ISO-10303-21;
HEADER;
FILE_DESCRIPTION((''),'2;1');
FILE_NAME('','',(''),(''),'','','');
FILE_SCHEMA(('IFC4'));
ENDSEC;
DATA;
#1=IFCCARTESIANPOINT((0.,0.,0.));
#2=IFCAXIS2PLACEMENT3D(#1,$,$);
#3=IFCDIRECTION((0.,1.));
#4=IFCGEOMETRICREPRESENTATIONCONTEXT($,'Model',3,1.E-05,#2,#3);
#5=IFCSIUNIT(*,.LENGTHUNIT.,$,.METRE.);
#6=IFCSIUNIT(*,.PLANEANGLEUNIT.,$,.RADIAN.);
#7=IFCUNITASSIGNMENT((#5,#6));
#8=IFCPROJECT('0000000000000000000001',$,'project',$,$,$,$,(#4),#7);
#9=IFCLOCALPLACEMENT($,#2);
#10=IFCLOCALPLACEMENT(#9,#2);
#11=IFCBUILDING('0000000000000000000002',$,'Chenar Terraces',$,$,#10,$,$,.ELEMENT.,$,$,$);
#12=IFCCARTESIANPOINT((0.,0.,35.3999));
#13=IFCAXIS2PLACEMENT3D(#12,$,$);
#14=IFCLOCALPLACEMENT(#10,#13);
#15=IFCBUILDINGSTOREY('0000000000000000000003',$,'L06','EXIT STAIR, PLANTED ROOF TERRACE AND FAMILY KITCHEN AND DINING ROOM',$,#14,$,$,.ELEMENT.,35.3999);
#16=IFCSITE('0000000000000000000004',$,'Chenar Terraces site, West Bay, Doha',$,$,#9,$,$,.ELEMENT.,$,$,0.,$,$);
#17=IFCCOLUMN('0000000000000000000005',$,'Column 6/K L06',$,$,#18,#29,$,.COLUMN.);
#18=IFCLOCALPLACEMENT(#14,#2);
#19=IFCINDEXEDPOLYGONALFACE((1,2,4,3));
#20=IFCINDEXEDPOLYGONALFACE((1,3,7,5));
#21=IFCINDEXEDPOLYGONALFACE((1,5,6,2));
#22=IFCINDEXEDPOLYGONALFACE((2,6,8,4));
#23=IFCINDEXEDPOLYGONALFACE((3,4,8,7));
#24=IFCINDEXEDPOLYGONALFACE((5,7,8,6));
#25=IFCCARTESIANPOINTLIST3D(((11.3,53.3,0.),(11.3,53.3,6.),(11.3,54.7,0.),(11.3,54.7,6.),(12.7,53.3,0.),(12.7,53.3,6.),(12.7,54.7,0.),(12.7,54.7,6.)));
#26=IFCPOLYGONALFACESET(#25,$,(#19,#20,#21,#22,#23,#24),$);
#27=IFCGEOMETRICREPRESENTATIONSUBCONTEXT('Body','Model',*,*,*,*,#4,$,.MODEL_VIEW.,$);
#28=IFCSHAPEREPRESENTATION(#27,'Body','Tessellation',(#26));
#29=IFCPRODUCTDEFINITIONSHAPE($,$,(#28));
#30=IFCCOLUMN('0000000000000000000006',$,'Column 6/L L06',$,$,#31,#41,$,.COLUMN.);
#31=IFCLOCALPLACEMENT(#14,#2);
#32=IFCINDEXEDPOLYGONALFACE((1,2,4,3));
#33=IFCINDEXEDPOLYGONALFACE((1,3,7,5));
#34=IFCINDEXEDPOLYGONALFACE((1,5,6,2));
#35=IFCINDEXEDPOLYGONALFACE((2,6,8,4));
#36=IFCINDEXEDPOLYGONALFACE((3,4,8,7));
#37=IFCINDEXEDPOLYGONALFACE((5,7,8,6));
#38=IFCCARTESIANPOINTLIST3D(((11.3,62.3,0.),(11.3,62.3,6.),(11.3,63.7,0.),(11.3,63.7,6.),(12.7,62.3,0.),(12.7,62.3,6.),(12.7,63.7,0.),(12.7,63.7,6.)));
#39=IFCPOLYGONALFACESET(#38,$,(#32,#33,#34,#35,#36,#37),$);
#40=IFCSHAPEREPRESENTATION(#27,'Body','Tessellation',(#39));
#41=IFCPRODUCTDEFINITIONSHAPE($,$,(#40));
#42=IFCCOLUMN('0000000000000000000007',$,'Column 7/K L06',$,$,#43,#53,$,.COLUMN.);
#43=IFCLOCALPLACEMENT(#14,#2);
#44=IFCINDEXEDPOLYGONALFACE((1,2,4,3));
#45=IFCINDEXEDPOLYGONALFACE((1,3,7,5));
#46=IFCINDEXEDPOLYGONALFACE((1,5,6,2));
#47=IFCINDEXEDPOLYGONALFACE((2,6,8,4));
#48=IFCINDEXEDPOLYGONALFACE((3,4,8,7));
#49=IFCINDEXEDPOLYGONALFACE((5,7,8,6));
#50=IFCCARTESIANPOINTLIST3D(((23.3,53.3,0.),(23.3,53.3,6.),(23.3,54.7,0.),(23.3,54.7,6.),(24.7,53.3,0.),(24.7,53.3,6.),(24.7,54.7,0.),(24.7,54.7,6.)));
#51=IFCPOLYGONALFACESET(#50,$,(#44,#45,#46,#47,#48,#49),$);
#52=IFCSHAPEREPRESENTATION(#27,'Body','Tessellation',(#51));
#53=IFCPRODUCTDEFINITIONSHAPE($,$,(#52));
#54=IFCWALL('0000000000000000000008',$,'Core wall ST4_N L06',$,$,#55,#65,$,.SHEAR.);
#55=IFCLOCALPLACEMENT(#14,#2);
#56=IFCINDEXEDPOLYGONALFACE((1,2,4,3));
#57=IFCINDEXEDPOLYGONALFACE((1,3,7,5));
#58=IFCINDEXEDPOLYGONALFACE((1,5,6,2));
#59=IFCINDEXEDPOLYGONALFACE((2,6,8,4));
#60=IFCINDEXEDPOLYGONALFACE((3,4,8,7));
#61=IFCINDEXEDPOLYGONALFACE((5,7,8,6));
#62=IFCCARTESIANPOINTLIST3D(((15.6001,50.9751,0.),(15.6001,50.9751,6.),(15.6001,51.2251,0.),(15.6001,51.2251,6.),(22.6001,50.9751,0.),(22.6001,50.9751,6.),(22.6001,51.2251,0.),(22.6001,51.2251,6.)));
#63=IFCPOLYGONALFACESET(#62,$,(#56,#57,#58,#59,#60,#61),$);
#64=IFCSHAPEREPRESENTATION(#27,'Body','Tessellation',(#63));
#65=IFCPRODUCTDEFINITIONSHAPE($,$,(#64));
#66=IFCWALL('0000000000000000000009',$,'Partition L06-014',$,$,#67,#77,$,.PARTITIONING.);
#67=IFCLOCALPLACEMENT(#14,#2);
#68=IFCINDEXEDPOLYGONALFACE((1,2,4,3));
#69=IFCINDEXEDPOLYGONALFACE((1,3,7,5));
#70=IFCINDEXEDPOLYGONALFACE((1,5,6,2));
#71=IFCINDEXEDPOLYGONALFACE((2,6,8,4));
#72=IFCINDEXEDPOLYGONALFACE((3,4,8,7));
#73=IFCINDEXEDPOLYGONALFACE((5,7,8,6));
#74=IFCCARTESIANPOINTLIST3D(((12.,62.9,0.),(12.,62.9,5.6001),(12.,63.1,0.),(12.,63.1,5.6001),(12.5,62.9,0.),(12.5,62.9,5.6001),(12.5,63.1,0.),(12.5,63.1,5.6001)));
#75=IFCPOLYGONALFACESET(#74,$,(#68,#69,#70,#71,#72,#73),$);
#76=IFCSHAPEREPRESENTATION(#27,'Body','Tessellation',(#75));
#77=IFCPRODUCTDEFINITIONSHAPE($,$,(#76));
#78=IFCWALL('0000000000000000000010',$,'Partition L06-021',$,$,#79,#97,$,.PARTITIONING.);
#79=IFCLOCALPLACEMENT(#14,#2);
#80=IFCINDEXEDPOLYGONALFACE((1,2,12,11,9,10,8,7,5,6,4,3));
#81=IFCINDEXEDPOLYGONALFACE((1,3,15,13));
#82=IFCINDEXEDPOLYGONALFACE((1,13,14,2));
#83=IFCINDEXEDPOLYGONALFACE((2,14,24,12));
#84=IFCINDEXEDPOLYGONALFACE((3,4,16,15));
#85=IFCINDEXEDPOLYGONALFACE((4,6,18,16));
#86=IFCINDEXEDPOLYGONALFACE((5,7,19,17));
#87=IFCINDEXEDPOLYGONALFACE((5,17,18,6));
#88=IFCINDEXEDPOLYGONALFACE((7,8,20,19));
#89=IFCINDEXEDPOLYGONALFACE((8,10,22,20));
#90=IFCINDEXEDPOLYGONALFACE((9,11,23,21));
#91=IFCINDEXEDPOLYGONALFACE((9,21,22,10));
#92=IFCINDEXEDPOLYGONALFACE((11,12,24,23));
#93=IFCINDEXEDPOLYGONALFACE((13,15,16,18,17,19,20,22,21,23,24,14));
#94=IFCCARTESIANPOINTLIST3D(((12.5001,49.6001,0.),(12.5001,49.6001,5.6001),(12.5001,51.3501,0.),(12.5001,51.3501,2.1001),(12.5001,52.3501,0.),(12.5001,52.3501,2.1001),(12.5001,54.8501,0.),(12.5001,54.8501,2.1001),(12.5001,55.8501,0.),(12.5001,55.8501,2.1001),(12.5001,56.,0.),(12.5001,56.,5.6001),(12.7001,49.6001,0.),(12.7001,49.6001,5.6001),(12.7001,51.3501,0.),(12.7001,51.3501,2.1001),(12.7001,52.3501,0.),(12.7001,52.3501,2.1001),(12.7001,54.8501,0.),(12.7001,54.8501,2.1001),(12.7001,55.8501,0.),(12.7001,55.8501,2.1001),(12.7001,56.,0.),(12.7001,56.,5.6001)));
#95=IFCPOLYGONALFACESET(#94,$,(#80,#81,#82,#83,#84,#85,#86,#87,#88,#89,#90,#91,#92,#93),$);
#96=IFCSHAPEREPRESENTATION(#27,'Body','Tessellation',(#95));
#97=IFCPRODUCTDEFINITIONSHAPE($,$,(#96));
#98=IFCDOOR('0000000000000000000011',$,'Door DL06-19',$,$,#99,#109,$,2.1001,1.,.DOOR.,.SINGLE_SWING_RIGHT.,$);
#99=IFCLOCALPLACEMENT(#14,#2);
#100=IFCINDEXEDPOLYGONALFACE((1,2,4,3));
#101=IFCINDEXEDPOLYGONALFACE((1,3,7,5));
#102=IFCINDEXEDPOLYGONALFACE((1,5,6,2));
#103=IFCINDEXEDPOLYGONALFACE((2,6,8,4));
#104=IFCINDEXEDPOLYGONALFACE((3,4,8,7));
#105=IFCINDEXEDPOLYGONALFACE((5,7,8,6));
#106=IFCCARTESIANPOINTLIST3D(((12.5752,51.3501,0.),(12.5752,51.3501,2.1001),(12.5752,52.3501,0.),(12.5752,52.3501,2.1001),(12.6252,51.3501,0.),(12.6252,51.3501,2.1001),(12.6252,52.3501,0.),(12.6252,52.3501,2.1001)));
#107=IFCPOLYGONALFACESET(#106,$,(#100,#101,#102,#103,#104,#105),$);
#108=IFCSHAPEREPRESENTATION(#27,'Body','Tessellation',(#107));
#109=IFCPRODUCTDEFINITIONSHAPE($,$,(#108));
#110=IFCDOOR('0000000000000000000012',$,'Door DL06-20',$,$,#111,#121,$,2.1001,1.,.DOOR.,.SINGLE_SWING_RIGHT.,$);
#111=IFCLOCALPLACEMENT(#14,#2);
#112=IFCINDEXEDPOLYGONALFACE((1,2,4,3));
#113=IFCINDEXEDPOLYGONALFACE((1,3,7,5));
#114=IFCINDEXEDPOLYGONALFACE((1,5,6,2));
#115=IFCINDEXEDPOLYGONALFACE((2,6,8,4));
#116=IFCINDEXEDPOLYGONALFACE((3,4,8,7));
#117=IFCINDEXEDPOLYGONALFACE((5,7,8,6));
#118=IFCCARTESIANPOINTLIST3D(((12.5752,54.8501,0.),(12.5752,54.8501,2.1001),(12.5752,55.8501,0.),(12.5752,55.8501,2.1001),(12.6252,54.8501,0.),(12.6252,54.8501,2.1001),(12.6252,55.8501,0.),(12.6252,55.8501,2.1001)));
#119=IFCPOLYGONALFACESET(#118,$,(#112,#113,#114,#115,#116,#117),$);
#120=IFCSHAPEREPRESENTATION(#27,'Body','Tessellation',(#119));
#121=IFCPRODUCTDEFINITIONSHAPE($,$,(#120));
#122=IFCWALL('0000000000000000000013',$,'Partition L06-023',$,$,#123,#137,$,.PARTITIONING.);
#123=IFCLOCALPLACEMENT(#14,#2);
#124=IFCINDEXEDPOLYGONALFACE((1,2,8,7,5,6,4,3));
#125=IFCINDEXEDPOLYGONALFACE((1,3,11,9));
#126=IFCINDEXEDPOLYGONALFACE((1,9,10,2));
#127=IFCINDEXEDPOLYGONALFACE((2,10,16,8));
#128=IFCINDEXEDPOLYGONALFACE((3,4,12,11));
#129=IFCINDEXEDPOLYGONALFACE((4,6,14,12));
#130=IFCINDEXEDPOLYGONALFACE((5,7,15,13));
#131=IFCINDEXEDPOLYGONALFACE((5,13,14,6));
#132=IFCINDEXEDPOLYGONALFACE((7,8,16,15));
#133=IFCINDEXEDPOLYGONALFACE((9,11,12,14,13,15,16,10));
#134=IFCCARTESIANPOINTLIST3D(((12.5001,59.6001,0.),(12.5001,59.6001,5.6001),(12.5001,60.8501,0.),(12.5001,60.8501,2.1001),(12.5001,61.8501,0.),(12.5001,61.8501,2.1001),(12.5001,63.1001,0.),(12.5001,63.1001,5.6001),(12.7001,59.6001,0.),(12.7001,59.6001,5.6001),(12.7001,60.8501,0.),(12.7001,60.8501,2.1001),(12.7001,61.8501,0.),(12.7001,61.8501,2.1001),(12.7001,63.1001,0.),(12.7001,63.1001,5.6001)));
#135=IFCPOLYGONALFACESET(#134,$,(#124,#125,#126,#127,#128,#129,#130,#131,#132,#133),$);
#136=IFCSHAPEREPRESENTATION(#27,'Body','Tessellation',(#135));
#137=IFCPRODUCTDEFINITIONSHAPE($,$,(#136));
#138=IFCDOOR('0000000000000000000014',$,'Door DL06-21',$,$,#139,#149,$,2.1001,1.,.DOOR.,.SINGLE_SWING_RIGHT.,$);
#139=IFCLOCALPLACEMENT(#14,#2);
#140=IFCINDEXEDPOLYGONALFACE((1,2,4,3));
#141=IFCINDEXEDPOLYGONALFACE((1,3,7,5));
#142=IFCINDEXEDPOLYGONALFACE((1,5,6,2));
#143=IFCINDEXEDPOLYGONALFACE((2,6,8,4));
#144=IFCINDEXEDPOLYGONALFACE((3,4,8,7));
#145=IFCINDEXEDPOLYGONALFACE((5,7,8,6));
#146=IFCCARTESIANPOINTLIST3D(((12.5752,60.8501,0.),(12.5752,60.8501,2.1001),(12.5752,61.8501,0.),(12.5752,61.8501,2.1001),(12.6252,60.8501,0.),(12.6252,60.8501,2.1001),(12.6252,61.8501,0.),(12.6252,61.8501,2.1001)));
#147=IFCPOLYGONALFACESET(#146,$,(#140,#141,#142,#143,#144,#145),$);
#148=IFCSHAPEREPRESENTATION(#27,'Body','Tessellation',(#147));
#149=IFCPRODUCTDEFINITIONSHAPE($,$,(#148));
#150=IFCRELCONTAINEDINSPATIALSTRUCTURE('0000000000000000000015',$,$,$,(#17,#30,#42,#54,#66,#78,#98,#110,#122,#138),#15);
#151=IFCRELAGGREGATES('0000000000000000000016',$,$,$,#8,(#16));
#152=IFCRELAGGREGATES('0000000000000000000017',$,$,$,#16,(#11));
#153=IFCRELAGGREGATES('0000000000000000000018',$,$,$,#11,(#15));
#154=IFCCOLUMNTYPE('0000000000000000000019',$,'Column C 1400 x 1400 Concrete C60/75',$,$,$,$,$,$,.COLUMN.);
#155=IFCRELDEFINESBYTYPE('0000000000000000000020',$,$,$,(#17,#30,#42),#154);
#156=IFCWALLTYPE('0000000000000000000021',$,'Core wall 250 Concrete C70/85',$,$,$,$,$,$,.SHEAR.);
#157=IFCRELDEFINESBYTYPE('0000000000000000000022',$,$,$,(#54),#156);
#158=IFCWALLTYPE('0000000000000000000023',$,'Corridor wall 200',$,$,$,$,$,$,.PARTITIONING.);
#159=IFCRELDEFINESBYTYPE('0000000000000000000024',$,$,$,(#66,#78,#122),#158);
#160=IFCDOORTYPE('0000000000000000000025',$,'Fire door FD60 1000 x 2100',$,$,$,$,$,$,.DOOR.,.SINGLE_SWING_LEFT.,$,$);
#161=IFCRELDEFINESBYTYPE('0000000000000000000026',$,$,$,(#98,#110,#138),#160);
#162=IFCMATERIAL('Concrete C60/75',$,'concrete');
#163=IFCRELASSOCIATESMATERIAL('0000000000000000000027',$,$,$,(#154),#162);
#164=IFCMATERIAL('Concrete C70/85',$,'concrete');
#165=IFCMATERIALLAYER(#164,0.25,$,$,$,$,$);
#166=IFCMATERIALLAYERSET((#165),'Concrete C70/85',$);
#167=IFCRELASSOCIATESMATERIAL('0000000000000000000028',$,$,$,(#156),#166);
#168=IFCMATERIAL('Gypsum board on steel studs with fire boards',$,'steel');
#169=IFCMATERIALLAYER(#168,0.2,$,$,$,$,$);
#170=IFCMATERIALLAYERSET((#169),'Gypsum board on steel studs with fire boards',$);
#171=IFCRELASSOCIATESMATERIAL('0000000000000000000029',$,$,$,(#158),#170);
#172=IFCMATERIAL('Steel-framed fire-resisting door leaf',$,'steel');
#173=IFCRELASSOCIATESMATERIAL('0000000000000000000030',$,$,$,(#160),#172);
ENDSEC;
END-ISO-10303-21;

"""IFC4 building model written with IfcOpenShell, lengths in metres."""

from ifc_helpers import new_model, si_unit, direction, frame, frame_2d, origin, origin_2d, place, context, subcontext, project, spatial, rectangle, extrude, material, layer, layer_set, material_profile, profile_set, type_object, element, fill, save


model = new_model("IFC4")

# Units and contexts
model_context = context("Model", 3, precision=1e-05, world=origin(), true_north=direction((0.0, 1.0)))
body_context = subcontext(model_context, "Body", "Model", "MODEL_VIEW")
ifc_project = project(units=[si_unit("LENGTHUNIT", "METRE"), si_unit("PLANEANGLEUNIT", "RADIAN")], contexts=[model_context])

# Site, building, storey
site_placement = place(None, origin())
site = spatial("IfcSite", under=ifc_project, at=site_placement, Name="Chenar Terraces site, West Bay, Doha", CompositionType="ELEMENT", RefElevation=0.0)
building_placement = place(site_placement, origin())
building = spatial("IfcBuilding", under=site, at=building_placement, Name="Chenar Terraces", CompositionType="ELEMENT")
storey_placement = place(building_placement, frame((0.0, 0.0, 35.3999)))
storey = spatial("IfcBuildingStorey", under=building, at=storey_placement, Name="L06", Description="EXIT STAIR, PLANTED ROOF TERRACE AND FAMILY KITCHEN AND DINING ROOM", CompositionType="ELEMENT", Elevation=35.3999)

# Columns
ifc_material_1 = material(Name="Concrete C60/75", Category="concrete")
ifc_material_profile_1 = material_profile(ifc_material_1, rectangle(XDim=1.3999, YDim=1.3999, at=origin_2d()), Name="C 1400 x 1400")
ifc_profile_set_1 = profile_set([ifc_material_profile_1], Name="Concrete C60/75")
column_type = type_object("IfcColumnType", Name="Column C 1400 x 1400 Concrete C60/75", PredefinedType="COLUMN", material=ifc_profile_set_1)
column_1_placement = place(storey_placement, frame((12.0, 54.0, 0.0), z_axis=(0.0, 0.0, 1.0), x_axis=(1.0, 0.0, 0.0)))
element("IfcColumn", 1, at=column_1_placement, inside=storey, type_object=column_type, Name="Column 6/K L06", PredefinedType="COLUMN", context=body_context, shape_type="SweptSolid", body=[
    extrude(rectangle(XDim=1.3999, YDim=1.3999, at=origin_2d()), origin(), (0.0, 0.0, 1.0), 6.0),
])
placement = place(storey_placement, frame((12.0, 63.0, 0.0), z_axis=(0.0, 0.0, 1.0), x_axis=(1.0, 0.0, 0.0)))
element("IfcColumn", 2, at=placement, inside=storey, type_object=column_type, Name="Column 6/L L06", PredefinedType="COLUMN", context=body_context, shape_type="SweptSolid", body=[
    extrude(rectangle(XDim=1.3999, YDim=1.3999, at=origin_2d()), origin(), (0.0, 0.0, 1.0), 6.0),
])
column_2_placement = place(storey_placement, frame((24.0, 54.0, 0.0), z_axis=(0.0, 0.0, 1.0), x_axis=(1.0, 0.0, 0.0)))
element("IfcColumn", 3, at=column_2_placement, inside=storey, type_object=column_type, Name="Column 7/K L06", PredefinedType="COLUMN", context=body_context, shape_type="SweptSolid", body=[
    extrude(rectangle(XDim=1.3999, YDim=1.3999, at=origin_2d()), origin(), (0.0, 0.0, 1.0), 6.0),
])

# Walls
ifc_material_2 = material(Name="Concrete C70/85", Category="concrete")
ifc_layer_1 = layer(ifc_material_2, 0.25)
ifc_layer_set_1 = layer_set([ifc_layer_1], Name="Concrete C70/85")
wall_type_1 = type_object("IfcWallType", Name="Core wall 250 Concrete C70/85", PredefinedType="SHEAR", material=ifc_layer_set_1)
wall_1_placement = place(storey_placement, frame((15.6001, 51.1001, 0.0), z_axis=(0.0, 0.0, 1.0), x_axis=(1.0, 0.0, 0.0)))
element("IfcWall", 4, at=wall_1_placement, inside=storey, type_object=wall_type_1, Name="Core wall ST4_N L06", PredefinedType="SHEAR", context=body_context, shape_type="SweptSolid", body=[
    extrude(rectangle(XDim=7.0, YDim=0.25, at=frame_2d((3.5, 0.0))), origin(), (0.0, 0.0, 1.0), 6.0),
])
ifc_material_3 = material(Name="Gypsum board on steel studs with fire boards", Category="steel")
ifc_layer_2 = layer(ifc_material_3, 0.2)
ifc_layer_set_2 = layer_set([ifc_layer_2], Name="Gypsum board on steel studs with fire boards")
wall_type_2 = type_object("IfcWallType", Name="Corridor wall 200", PredefinedType="PARTITIONING", material=ifc_layer_set_2)
element("IfcWall", 5, at=placement, inside=storey, type_object=wall_type_2, Name="Partition L06-014", PredefinedType="PARTITIONING", context=body_context, shape_type="SweptSolid", body=[
    extrude(rectangle(XDim=0.5, YDim=0.2, at=frame_2d((0.25, 0.0))), origin(), (0.0, 0.0, 1.0), 5.6001),
])

# Wall, openings, doors
wall_2_placement = place(storey_placement, frame((12.6001, 49.6001, 0.0), z_axis=(0.0, 0.0, 1.0), x_axis=(0.0, 1.0, 0.0)))
wall_2 = element("IfcWall", 6, at=wall_2_placement, inside=storey, type_object=wall_type_2, Name="Partition L06-021", PredefinedType="PARTITIONING", context=body_context, shape_type="SweptSolid", body=[
    extrude(rectangle(XDim=6.3999, YDim=0.2, at=frame_2d((3.2, 0.0))), origin(), (0.0, 0.0, 1.0), 5.6001),
])
opening_1_placement = place(wall_2_placement, frame((1.75, 0.0, 0.0)))
opening_1 = element("IfcOpeningElement", 7, at=opening_1_placement, cuts=wall_2, PredefinedType="OPENING", context=body_context, shape_type="SweptSolid", body=[
    extrude(rectangle(XDim=1.0, YDim=2.1001, at=frame_2d((0.5, 1.05))), frame((0.0, 0.1099, 0.0), z_axis=(0.0, -1.0, 0.0), x_axis=(1.0, 0.0, 0.0)), (0.0, 0.0, 1.0), 0.22),
])
opening_2_placement = place(wall_2_placement, frame((5.25, 0.0, 0.0)))
opening_2 = element("IfcOpeningElement", 8, at=opening_2_placement, cuts=wall_2, PredefinedType="OPENING", context=body_context, shape_type="SweptSolid", body=[
    extrude(rectangle(XDim=1.0, YDim=2.1001, at=frame_2d((0.5, 1.05))), frame((0.0, 0.1099, 0.0), z_axis=(0.0, -1.0, 0.0), x_axis=(1.0, 0.0, 0.0)), (0.0, 0.0, 1.0), 0.22),
])
ifc_material_4 = material(Name="Steel-framed fire-resisting door leaf", Category="steel")
door_type_1 = type_object("IfcDoorType", Name="Fire door FD60 1000 x 2100", OperationType="SINGLE_SWING_LEFT", PredefinedType="DOOR", material=ifc_material_4)
door_1_placement = place(opening_1_placement, origin())
door_1 = element("IfcDoor", 9, at=door_1_placement, inside=storey, type_object=door_type_1, Name="Door DL06-19", OperationType="SINGLE_SWING_RIGHT", OverallHeight=2.1001, OverallWidth=1.0, PredefinedType="DOOR", context=body_context, shape_type="SweptSolid", body=[
    extrude(rectangle(XDim=1.0, YDim=2.1001, at=frame_2d((0.5, 1.05))), frame((0.0, 0.0249, 0.0), z_axis=(0.0, -1.0, 0.0), x_axis=(1.0, 0.0, 0.0)), (0.0, 0.0, 1.0), 0.05),
])
fill(opening_1, door_1)
door_2_placement = place(opening_2_placement, origin())
door_2 = element("IfcDoor", 10, at=door_2_placement, inside=storey, type_object=door_type_1, Name="Door DL06-20", OperationType="SINGLE_SWING_RIGHT", OverallHeight=2.1001, OverallWidth=1.0, PredefinedType="DOOR", context=body_context, shape_type="SweptSolid", body=[
    extrude(rectangle(XDim=1.0, YDim=2.1001, at=frame_2d((0.5, 1.05))), frame((0.0, 0.0249, 0.0), z_axis=(0.0, -1.0, 0.0), x_axis=(1.0, 0.0, 0.0)), (0.0, 0.0, 1.0), 0.05),
])
fill(opening_2, door_2)

# Wall, opening, door
wall_3_placement = place(storey_placement, frame((12.6001, 59.6001, 0.0), z_axis=(0.0, 0.0, 1.0), x_axis=(0.0, 1.0, 0.0)))
wall_3 = element("IfcWall", 11, at=wall_3_placement, inside=storey, type_object=wall_type_2, Name="Partition L06-023", PredefinedType="PARTITIONING", context=body_context, shape_type="SweptSolid", body=[
    extrude(rectangle(XDim=3.5, YDim=0.2, at=frame_2d((1.75, 0.0))), origin(), (0.0, 0.0, 1.0), 5.6001),
])
opening_3_placement = place(wall_3_placement, frame((1.25, 0.0, 0.0)))
opening_3 = element("IfcOpeningElement", 12, at=opening_3_placement, cuts=wall_3, PredefinedType="OPENING", context=body_context, shape_type="SweptSolid", body=[
    extrude(rectangle(XDim=1.0, YDim=2.1001, at=frame_2d((0.5, 1.05))), frame((0.0, 0.1099, 0.0), z_axis=(0.0, -1.0, 0.0), x_axis=(1.0, 0.0, 0.0)), (0.0, 0.0, 1.0), 0.22),
])
door_3_placement = place(opening_3_placement, origin())
door_3 = element("IfcDoor", 13, at=door_3_placement, inside=storey, type_object=door_type_1, Name="Door DL06-21", OperationType="SINGLE_SWING_RIGHT", OverallHeight=2.1001, OverallWidth=1.0, PredefinedType="DOOR", context=body_context, shape_type="SweptSolid", body=[
    extrude(rectangle(XDim=1.0, YDim=2.1001, at=frame_2d((0.5, 1.05))), frame((0.0, 0.0249, 0.0), z_axis=(0.0, -1.0, 0.0), x_axis=(1.0, 0.0, 0.0)), (0.0, 0.0, 1.0), 0.05),
])
fill(opening_3, door_3)

save(model, "model.ifc")
